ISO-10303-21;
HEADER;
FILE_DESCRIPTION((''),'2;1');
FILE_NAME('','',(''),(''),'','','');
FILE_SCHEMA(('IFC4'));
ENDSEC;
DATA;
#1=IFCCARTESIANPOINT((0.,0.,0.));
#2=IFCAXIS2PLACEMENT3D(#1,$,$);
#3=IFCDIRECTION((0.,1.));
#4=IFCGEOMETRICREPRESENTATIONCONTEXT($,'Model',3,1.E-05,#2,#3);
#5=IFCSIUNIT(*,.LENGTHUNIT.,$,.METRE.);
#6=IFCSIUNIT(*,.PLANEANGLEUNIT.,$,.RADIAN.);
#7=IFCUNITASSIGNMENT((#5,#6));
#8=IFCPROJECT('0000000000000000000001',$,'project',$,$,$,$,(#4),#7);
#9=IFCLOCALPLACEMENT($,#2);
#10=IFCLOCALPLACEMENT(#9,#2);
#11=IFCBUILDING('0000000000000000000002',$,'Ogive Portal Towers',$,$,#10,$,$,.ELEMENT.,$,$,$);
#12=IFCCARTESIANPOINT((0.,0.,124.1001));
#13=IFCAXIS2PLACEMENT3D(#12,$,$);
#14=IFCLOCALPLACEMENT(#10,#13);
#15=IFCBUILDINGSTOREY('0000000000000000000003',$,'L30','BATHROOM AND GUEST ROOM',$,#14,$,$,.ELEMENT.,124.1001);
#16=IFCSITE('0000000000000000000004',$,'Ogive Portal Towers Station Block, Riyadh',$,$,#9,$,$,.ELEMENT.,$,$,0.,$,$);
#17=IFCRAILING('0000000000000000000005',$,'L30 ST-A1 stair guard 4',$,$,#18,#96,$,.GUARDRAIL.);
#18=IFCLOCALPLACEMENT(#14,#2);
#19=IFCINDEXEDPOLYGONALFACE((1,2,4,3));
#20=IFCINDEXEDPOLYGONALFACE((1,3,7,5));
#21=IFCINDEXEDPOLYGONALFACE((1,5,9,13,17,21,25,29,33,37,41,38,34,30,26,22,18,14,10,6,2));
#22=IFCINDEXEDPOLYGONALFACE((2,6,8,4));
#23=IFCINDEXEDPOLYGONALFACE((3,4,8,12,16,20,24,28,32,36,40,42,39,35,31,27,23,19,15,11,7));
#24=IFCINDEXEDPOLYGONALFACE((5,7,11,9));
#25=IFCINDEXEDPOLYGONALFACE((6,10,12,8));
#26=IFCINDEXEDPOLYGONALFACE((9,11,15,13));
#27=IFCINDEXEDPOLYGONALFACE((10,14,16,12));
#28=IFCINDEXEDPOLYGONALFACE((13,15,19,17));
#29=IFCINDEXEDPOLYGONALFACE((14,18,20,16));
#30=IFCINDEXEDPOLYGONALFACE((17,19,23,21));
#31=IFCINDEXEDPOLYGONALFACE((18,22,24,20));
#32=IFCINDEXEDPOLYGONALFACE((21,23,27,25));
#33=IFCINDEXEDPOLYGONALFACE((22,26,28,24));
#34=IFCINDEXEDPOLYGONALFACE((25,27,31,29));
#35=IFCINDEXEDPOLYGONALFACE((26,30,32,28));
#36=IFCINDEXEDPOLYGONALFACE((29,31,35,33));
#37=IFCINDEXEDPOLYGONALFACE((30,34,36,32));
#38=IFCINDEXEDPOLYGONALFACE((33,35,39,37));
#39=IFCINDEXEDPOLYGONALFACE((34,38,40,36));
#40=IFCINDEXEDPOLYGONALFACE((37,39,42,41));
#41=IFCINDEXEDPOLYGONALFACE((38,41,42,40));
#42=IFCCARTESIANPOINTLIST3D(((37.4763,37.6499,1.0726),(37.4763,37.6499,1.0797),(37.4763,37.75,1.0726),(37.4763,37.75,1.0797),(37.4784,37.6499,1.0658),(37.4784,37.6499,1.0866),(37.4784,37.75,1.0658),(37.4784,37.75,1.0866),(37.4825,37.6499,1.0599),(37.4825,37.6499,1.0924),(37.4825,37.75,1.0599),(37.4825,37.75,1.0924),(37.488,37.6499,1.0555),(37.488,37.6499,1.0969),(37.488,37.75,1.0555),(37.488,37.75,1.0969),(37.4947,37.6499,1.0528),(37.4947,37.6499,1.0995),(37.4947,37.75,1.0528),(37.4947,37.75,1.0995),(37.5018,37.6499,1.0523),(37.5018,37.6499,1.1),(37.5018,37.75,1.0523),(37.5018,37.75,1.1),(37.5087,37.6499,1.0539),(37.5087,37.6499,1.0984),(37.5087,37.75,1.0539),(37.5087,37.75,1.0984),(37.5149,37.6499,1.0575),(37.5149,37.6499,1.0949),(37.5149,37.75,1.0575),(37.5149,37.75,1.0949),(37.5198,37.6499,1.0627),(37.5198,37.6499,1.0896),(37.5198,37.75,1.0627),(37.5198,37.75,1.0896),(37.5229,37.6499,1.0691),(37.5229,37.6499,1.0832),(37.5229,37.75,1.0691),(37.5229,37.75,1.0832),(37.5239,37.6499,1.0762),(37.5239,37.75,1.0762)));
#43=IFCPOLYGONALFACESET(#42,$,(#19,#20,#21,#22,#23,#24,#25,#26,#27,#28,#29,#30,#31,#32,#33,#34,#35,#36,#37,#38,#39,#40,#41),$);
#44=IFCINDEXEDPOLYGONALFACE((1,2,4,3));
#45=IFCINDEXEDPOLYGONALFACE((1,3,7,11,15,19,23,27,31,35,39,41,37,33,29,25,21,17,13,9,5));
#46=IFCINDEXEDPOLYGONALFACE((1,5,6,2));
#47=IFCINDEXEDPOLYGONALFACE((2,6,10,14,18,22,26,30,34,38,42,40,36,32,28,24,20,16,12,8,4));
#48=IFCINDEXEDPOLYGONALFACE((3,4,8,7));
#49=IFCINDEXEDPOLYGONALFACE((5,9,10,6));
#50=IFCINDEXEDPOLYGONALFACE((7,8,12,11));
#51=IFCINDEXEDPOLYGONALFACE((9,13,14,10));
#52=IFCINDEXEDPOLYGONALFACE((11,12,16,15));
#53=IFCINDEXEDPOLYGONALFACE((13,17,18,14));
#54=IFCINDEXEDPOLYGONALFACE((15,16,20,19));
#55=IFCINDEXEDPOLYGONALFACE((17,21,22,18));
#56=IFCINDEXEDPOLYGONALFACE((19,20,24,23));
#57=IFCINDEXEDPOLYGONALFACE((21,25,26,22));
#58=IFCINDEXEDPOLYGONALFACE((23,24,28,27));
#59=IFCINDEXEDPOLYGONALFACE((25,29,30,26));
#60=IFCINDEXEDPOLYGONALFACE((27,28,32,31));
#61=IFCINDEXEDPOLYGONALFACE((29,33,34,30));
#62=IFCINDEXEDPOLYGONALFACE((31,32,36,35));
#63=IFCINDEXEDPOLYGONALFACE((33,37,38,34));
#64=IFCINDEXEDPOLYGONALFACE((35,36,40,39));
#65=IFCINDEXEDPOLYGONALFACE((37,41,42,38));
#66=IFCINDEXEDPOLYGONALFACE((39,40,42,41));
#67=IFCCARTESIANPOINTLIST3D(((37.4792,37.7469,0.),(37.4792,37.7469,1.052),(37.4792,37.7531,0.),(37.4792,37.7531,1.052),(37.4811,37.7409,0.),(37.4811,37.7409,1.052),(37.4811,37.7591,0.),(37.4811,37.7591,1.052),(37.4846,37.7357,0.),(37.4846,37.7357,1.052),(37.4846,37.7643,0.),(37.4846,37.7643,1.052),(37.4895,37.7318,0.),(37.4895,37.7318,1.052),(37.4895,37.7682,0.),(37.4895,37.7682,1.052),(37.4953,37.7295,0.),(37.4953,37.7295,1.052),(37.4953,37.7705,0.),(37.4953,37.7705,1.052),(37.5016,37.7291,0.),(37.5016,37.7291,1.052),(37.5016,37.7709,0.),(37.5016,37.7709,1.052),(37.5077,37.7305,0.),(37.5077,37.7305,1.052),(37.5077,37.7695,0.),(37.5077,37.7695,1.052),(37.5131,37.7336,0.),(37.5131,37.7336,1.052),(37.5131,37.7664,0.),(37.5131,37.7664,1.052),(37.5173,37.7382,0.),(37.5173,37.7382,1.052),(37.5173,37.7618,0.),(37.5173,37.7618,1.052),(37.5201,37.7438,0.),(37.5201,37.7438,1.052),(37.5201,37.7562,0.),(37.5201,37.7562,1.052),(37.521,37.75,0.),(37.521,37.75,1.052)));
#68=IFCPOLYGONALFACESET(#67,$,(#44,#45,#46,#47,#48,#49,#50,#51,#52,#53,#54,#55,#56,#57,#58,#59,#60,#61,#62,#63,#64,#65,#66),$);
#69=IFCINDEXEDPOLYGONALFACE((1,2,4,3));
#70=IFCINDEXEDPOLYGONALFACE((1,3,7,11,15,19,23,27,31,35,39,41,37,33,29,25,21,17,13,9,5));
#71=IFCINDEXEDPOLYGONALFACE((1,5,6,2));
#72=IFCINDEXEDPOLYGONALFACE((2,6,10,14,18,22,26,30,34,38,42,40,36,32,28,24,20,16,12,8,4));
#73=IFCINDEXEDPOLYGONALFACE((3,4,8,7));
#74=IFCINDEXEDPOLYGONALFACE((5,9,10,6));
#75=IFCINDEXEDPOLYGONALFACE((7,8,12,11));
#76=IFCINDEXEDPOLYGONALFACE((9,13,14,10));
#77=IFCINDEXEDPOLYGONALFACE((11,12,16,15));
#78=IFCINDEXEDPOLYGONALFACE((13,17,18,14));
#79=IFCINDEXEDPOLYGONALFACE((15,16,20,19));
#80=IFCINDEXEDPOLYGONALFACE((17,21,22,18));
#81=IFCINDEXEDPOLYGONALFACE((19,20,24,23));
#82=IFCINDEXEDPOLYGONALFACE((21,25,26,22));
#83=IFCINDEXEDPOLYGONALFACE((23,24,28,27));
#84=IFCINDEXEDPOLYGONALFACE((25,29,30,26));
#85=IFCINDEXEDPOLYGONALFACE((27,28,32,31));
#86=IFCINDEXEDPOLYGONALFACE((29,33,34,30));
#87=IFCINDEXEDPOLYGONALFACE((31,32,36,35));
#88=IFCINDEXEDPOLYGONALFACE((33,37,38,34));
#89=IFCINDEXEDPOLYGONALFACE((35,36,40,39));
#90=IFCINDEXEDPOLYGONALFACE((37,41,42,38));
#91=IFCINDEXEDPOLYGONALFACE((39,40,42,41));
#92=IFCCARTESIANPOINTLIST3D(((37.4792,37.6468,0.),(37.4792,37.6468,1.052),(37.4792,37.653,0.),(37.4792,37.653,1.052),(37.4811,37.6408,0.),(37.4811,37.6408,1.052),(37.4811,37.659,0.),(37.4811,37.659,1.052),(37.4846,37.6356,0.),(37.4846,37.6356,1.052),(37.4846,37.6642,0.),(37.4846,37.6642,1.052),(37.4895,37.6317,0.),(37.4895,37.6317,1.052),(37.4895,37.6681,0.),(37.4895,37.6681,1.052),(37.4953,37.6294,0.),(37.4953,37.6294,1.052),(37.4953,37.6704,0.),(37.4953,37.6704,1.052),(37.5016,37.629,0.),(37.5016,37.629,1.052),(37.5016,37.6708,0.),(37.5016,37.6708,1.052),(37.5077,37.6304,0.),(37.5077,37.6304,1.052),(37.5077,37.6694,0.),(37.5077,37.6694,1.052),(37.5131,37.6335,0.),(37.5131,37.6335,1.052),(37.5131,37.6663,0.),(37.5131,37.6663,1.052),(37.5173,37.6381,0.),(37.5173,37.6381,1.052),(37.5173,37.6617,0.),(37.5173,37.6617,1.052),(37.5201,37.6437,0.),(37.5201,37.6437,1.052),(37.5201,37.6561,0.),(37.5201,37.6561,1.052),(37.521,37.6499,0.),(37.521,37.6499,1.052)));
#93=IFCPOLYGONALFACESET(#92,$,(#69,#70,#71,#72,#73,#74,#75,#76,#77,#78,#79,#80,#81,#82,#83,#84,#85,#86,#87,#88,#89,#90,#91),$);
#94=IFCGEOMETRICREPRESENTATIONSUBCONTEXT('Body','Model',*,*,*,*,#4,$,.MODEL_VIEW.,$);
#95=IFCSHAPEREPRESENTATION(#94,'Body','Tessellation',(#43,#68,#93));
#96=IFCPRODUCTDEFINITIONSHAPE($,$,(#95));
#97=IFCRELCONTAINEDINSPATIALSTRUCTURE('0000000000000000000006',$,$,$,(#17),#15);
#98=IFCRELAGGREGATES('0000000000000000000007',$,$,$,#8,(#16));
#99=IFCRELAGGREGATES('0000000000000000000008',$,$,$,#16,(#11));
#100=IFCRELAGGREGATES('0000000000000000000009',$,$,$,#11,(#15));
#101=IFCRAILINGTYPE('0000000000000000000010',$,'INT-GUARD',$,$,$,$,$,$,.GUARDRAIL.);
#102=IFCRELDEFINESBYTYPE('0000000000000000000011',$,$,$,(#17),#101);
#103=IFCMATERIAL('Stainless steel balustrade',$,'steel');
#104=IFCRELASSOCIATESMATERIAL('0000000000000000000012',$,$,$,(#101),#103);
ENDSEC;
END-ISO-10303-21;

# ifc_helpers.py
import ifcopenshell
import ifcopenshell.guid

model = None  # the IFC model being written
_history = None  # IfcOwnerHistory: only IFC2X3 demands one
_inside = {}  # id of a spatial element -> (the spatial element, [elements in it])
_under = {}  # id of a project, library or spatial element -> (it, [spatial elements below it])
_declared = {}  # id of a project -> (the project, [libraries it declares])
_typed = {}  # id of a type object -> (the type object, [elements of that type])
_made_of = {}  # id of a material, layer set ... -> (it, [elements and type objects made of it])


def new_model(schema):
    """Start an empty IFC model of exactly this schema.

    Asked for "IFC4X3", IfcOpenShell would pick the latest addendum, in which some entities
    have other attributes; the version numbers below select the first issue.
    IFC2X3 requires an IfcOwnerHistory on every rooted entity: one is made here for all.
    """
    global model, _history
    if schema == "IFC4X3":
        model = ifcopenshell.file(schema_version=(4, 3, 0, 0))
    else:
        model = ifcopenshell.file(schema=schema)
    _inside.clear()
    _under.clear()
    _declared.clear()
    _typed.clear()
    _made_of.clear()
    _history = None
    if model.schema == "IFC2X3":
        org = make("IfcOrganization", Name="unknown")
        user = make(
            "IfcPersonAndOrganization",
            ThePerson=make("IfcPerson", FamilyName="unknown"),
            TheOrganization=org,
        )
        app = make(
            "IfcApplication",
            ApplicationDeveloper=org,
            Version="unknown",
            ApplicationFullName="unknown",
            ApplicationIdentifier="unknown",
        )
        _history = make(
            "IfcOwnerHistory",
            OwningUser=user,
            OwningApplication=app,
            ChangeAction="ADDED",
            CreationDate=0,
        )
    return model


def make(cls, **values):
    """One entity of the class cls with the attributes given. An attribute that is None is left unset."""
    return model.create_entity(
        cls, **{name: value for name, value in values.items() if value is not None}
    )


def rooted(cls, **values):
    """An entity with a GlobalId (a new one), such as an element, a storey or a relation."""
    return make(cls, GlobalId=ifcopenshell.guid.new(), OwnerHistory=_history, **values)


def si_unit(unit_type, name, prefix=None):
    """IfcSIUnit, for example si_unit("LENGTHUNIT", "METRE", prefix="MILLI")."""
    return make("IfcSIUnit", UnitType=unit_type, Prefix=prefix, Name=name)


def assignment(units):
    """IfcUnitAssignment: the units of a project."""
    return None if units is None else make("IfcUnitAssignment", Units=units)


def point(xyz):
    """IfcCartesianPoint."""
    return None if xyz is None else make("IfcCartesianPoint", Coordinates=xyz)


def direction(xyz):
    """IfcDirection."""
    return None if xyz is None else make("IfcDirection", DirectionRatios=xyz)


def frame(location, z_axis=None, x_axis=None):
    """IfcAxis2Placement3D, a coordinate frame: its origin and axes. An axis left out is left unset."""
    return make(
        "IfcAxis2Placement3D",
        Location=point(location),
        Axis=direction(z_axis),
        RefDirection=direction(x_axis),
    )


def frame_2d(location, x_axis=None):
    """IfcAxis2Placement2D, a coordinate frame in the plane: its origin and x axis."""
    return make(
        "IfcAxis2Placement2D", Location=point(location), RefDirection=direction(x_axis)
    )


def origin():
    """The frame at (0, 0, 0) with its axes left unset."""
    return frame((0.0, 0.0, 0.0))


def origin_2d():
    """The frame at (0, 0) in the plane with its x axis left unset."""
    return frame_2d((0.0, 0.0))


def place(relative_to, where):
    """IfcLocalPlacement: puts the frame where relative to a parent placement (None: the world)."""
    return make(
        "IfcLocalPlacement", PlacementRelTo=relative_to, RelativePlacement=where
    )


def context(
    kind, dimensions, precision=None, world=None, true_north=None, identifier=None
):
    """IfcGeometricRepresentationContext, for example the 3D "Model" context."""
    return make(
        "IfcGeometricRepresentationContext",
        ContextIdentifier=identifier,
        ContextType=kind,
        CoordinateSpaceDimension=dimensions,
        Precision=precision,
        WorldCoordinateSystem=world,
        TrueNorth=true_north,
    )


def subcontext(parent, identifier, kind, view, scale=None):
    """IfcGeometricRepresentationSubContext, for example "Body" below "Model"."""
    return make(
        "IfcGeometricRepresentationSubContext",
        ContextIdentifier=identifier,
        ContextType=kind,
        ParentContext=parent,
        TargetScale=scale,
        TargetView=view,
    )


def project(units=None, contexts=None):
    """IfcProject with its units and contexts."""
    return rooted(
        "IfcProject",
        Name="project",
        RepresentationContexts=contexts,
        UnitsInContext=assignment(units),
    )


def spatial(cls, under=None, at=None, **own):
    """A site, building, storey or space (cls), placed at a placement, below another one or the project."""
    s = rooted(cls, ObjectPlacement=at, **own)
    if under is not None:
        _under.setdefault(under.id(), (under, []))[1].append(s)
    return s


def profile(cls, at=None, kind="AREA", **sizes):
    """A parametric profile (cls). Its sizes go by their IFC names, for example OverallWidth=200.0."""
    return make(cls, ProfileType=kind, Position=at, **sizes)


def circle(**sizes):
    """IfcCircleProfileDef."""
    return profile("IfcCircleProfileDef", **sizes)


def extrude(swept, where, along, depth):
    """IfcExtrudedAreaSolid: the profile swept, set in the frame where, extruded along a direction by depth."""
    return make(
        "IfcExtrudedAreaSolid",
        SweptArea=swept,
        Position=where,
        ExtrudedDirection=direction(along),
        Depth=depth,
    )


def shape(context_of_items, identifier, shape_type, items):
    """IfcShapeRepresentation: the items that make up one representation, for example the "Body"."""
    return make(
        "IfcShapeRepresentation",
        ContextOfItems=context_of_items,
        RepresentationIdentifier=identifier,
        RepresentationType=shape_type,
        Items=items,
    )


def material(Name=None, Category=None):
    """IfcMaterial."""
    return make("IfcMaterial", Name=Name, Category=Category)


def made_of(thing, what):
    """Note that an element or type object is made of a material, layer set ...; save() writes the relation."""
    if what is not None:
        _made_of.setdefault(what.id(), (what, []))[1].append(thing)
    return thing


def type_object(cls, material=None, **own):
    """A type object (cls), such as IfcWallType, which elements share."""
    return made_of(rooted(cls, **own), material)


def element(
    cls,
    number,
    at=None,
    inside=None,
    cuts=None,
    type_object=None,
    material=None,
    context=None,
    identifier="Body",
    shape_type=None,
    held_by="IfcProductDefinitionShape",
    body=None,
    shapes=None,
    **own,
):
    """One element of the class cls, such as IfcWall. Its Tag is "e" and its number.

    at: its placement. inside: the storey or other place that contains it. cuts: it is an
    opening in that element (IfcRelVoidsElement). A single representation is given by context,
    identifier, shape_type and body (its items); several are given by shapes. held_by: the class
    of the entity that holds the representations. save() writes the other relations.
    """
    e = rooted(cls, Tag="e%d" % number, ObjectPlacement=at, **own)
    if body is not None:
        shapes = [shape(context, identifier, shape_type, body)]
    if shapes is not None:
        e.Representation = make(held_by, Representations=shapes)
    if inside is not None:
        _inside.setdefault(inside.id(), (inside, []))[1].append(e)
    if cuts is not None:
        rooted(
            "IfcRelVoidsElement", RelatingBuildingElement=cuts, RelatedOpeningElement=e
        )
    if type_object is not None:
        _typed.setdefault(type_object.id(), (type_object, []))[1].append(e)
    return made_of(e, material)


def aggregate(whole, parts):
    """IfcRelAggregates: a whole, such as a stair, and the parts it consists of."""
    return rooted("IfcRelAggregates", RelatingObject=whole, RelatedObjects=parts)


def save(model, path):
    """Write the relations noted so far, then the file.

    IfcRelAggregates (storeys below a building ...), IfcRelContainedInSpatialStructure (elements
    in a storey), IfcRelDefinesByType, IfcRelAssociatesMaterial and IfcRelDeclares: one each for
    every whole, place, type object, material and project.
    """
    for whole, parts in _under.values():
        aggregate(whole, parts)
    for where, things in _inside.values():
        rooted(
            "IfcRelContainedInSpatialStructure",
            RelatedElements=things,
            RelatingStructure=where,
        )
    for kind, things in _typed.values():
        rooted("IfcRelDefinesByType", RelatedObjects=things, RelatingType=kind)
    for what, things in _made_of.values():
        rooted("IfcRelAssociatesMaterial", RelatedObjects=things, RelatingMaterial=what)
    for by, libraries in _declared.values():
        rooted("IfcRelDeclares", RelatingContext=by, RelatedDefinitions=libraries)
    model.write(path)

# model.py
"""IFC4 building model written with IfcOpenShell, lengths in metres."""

from ifc_helpers import new_model, si_unit, direction, frame, origin, origin_2d, place, context, subcontext, project, spatial, circle, extrude, material, type_object, element, save


model = new_model("IFC4")

# Units and contexts
model_context = context("Model", 3, precision=1e-05, world=origin(), true_north=direction((0.0, 1.0)))
body_context = subcontext(model_context, "Body", "Model", "MODEL_VIEW")
ifc_project = project(units=[si_unit("LENGTHUNIT", "METRE"), si_unit("PLANEANGLEUNIT", "RADIAN")], contexts=[model_context])

# Site, building, storey
site_placement = place(None, origin())
site = spatial("IfcSite", under=ifc_project, at=site_placement, Name="Ogive Portal Towers Station Block, Riyadh", CompositionType="ELEMENT", RefElevation=0.0)
building_placement = place(site_placement, origin())
building = spatial("IfcBuilding", under=site, at=building_placement, Name="Ogive Portal Towers", CompositionType="ELEMENT")
storey_placement = place(building_placement, frame((0.0, 0.0, 124.1001)))
storey = spatial("IfcBuildingStorey", under=building, at=storey_placement, Name="L30", Description="BATHROOM AND GUEST ROOM", CompositionType="ELEMENT", Elevation=124.1001)

# Railing
ifc_material_1 = material(Name="Stainless steel balustrade", Category="steel")
railing_type = type_object("IfcRailingType", Name="INT-GUARD", PredefinedType="GUARDRAIL", material=ifc_material_1)
railing_placement = place(storey_placement, frame((37.5, 37.75, 0.0)))
element("IfcRailing", 1, at=railing_placement, inside=storey, type_object=railing_type, Name="L30 ST-A1 stair guard 4", PredefinedType="GUARDRAIL", context=body_context, shape_type="SweptSolid", body=[
    extrude(circle(Radius=0.0239, at=origin_2d()), frame((0.0, 0.0, 1.0762), z_axis=(0.0, -1.0, 0.0), x_axis=(1.0, 0.0, 0.0)), (0.0, 0.0, 1.0), 0.1001),
    extrude(circle(Radius=0.021, at=origin_2d()), origin(), (0.0, 0.0, 1.0), 1.052),
    extrude(circle(Radius=0.021, at=origin_2d()), frame((0.0, -0.1001, 0.0)), (0.0, 0.0, 1.0), 1.052),
])

save(model, "model.ifc")
